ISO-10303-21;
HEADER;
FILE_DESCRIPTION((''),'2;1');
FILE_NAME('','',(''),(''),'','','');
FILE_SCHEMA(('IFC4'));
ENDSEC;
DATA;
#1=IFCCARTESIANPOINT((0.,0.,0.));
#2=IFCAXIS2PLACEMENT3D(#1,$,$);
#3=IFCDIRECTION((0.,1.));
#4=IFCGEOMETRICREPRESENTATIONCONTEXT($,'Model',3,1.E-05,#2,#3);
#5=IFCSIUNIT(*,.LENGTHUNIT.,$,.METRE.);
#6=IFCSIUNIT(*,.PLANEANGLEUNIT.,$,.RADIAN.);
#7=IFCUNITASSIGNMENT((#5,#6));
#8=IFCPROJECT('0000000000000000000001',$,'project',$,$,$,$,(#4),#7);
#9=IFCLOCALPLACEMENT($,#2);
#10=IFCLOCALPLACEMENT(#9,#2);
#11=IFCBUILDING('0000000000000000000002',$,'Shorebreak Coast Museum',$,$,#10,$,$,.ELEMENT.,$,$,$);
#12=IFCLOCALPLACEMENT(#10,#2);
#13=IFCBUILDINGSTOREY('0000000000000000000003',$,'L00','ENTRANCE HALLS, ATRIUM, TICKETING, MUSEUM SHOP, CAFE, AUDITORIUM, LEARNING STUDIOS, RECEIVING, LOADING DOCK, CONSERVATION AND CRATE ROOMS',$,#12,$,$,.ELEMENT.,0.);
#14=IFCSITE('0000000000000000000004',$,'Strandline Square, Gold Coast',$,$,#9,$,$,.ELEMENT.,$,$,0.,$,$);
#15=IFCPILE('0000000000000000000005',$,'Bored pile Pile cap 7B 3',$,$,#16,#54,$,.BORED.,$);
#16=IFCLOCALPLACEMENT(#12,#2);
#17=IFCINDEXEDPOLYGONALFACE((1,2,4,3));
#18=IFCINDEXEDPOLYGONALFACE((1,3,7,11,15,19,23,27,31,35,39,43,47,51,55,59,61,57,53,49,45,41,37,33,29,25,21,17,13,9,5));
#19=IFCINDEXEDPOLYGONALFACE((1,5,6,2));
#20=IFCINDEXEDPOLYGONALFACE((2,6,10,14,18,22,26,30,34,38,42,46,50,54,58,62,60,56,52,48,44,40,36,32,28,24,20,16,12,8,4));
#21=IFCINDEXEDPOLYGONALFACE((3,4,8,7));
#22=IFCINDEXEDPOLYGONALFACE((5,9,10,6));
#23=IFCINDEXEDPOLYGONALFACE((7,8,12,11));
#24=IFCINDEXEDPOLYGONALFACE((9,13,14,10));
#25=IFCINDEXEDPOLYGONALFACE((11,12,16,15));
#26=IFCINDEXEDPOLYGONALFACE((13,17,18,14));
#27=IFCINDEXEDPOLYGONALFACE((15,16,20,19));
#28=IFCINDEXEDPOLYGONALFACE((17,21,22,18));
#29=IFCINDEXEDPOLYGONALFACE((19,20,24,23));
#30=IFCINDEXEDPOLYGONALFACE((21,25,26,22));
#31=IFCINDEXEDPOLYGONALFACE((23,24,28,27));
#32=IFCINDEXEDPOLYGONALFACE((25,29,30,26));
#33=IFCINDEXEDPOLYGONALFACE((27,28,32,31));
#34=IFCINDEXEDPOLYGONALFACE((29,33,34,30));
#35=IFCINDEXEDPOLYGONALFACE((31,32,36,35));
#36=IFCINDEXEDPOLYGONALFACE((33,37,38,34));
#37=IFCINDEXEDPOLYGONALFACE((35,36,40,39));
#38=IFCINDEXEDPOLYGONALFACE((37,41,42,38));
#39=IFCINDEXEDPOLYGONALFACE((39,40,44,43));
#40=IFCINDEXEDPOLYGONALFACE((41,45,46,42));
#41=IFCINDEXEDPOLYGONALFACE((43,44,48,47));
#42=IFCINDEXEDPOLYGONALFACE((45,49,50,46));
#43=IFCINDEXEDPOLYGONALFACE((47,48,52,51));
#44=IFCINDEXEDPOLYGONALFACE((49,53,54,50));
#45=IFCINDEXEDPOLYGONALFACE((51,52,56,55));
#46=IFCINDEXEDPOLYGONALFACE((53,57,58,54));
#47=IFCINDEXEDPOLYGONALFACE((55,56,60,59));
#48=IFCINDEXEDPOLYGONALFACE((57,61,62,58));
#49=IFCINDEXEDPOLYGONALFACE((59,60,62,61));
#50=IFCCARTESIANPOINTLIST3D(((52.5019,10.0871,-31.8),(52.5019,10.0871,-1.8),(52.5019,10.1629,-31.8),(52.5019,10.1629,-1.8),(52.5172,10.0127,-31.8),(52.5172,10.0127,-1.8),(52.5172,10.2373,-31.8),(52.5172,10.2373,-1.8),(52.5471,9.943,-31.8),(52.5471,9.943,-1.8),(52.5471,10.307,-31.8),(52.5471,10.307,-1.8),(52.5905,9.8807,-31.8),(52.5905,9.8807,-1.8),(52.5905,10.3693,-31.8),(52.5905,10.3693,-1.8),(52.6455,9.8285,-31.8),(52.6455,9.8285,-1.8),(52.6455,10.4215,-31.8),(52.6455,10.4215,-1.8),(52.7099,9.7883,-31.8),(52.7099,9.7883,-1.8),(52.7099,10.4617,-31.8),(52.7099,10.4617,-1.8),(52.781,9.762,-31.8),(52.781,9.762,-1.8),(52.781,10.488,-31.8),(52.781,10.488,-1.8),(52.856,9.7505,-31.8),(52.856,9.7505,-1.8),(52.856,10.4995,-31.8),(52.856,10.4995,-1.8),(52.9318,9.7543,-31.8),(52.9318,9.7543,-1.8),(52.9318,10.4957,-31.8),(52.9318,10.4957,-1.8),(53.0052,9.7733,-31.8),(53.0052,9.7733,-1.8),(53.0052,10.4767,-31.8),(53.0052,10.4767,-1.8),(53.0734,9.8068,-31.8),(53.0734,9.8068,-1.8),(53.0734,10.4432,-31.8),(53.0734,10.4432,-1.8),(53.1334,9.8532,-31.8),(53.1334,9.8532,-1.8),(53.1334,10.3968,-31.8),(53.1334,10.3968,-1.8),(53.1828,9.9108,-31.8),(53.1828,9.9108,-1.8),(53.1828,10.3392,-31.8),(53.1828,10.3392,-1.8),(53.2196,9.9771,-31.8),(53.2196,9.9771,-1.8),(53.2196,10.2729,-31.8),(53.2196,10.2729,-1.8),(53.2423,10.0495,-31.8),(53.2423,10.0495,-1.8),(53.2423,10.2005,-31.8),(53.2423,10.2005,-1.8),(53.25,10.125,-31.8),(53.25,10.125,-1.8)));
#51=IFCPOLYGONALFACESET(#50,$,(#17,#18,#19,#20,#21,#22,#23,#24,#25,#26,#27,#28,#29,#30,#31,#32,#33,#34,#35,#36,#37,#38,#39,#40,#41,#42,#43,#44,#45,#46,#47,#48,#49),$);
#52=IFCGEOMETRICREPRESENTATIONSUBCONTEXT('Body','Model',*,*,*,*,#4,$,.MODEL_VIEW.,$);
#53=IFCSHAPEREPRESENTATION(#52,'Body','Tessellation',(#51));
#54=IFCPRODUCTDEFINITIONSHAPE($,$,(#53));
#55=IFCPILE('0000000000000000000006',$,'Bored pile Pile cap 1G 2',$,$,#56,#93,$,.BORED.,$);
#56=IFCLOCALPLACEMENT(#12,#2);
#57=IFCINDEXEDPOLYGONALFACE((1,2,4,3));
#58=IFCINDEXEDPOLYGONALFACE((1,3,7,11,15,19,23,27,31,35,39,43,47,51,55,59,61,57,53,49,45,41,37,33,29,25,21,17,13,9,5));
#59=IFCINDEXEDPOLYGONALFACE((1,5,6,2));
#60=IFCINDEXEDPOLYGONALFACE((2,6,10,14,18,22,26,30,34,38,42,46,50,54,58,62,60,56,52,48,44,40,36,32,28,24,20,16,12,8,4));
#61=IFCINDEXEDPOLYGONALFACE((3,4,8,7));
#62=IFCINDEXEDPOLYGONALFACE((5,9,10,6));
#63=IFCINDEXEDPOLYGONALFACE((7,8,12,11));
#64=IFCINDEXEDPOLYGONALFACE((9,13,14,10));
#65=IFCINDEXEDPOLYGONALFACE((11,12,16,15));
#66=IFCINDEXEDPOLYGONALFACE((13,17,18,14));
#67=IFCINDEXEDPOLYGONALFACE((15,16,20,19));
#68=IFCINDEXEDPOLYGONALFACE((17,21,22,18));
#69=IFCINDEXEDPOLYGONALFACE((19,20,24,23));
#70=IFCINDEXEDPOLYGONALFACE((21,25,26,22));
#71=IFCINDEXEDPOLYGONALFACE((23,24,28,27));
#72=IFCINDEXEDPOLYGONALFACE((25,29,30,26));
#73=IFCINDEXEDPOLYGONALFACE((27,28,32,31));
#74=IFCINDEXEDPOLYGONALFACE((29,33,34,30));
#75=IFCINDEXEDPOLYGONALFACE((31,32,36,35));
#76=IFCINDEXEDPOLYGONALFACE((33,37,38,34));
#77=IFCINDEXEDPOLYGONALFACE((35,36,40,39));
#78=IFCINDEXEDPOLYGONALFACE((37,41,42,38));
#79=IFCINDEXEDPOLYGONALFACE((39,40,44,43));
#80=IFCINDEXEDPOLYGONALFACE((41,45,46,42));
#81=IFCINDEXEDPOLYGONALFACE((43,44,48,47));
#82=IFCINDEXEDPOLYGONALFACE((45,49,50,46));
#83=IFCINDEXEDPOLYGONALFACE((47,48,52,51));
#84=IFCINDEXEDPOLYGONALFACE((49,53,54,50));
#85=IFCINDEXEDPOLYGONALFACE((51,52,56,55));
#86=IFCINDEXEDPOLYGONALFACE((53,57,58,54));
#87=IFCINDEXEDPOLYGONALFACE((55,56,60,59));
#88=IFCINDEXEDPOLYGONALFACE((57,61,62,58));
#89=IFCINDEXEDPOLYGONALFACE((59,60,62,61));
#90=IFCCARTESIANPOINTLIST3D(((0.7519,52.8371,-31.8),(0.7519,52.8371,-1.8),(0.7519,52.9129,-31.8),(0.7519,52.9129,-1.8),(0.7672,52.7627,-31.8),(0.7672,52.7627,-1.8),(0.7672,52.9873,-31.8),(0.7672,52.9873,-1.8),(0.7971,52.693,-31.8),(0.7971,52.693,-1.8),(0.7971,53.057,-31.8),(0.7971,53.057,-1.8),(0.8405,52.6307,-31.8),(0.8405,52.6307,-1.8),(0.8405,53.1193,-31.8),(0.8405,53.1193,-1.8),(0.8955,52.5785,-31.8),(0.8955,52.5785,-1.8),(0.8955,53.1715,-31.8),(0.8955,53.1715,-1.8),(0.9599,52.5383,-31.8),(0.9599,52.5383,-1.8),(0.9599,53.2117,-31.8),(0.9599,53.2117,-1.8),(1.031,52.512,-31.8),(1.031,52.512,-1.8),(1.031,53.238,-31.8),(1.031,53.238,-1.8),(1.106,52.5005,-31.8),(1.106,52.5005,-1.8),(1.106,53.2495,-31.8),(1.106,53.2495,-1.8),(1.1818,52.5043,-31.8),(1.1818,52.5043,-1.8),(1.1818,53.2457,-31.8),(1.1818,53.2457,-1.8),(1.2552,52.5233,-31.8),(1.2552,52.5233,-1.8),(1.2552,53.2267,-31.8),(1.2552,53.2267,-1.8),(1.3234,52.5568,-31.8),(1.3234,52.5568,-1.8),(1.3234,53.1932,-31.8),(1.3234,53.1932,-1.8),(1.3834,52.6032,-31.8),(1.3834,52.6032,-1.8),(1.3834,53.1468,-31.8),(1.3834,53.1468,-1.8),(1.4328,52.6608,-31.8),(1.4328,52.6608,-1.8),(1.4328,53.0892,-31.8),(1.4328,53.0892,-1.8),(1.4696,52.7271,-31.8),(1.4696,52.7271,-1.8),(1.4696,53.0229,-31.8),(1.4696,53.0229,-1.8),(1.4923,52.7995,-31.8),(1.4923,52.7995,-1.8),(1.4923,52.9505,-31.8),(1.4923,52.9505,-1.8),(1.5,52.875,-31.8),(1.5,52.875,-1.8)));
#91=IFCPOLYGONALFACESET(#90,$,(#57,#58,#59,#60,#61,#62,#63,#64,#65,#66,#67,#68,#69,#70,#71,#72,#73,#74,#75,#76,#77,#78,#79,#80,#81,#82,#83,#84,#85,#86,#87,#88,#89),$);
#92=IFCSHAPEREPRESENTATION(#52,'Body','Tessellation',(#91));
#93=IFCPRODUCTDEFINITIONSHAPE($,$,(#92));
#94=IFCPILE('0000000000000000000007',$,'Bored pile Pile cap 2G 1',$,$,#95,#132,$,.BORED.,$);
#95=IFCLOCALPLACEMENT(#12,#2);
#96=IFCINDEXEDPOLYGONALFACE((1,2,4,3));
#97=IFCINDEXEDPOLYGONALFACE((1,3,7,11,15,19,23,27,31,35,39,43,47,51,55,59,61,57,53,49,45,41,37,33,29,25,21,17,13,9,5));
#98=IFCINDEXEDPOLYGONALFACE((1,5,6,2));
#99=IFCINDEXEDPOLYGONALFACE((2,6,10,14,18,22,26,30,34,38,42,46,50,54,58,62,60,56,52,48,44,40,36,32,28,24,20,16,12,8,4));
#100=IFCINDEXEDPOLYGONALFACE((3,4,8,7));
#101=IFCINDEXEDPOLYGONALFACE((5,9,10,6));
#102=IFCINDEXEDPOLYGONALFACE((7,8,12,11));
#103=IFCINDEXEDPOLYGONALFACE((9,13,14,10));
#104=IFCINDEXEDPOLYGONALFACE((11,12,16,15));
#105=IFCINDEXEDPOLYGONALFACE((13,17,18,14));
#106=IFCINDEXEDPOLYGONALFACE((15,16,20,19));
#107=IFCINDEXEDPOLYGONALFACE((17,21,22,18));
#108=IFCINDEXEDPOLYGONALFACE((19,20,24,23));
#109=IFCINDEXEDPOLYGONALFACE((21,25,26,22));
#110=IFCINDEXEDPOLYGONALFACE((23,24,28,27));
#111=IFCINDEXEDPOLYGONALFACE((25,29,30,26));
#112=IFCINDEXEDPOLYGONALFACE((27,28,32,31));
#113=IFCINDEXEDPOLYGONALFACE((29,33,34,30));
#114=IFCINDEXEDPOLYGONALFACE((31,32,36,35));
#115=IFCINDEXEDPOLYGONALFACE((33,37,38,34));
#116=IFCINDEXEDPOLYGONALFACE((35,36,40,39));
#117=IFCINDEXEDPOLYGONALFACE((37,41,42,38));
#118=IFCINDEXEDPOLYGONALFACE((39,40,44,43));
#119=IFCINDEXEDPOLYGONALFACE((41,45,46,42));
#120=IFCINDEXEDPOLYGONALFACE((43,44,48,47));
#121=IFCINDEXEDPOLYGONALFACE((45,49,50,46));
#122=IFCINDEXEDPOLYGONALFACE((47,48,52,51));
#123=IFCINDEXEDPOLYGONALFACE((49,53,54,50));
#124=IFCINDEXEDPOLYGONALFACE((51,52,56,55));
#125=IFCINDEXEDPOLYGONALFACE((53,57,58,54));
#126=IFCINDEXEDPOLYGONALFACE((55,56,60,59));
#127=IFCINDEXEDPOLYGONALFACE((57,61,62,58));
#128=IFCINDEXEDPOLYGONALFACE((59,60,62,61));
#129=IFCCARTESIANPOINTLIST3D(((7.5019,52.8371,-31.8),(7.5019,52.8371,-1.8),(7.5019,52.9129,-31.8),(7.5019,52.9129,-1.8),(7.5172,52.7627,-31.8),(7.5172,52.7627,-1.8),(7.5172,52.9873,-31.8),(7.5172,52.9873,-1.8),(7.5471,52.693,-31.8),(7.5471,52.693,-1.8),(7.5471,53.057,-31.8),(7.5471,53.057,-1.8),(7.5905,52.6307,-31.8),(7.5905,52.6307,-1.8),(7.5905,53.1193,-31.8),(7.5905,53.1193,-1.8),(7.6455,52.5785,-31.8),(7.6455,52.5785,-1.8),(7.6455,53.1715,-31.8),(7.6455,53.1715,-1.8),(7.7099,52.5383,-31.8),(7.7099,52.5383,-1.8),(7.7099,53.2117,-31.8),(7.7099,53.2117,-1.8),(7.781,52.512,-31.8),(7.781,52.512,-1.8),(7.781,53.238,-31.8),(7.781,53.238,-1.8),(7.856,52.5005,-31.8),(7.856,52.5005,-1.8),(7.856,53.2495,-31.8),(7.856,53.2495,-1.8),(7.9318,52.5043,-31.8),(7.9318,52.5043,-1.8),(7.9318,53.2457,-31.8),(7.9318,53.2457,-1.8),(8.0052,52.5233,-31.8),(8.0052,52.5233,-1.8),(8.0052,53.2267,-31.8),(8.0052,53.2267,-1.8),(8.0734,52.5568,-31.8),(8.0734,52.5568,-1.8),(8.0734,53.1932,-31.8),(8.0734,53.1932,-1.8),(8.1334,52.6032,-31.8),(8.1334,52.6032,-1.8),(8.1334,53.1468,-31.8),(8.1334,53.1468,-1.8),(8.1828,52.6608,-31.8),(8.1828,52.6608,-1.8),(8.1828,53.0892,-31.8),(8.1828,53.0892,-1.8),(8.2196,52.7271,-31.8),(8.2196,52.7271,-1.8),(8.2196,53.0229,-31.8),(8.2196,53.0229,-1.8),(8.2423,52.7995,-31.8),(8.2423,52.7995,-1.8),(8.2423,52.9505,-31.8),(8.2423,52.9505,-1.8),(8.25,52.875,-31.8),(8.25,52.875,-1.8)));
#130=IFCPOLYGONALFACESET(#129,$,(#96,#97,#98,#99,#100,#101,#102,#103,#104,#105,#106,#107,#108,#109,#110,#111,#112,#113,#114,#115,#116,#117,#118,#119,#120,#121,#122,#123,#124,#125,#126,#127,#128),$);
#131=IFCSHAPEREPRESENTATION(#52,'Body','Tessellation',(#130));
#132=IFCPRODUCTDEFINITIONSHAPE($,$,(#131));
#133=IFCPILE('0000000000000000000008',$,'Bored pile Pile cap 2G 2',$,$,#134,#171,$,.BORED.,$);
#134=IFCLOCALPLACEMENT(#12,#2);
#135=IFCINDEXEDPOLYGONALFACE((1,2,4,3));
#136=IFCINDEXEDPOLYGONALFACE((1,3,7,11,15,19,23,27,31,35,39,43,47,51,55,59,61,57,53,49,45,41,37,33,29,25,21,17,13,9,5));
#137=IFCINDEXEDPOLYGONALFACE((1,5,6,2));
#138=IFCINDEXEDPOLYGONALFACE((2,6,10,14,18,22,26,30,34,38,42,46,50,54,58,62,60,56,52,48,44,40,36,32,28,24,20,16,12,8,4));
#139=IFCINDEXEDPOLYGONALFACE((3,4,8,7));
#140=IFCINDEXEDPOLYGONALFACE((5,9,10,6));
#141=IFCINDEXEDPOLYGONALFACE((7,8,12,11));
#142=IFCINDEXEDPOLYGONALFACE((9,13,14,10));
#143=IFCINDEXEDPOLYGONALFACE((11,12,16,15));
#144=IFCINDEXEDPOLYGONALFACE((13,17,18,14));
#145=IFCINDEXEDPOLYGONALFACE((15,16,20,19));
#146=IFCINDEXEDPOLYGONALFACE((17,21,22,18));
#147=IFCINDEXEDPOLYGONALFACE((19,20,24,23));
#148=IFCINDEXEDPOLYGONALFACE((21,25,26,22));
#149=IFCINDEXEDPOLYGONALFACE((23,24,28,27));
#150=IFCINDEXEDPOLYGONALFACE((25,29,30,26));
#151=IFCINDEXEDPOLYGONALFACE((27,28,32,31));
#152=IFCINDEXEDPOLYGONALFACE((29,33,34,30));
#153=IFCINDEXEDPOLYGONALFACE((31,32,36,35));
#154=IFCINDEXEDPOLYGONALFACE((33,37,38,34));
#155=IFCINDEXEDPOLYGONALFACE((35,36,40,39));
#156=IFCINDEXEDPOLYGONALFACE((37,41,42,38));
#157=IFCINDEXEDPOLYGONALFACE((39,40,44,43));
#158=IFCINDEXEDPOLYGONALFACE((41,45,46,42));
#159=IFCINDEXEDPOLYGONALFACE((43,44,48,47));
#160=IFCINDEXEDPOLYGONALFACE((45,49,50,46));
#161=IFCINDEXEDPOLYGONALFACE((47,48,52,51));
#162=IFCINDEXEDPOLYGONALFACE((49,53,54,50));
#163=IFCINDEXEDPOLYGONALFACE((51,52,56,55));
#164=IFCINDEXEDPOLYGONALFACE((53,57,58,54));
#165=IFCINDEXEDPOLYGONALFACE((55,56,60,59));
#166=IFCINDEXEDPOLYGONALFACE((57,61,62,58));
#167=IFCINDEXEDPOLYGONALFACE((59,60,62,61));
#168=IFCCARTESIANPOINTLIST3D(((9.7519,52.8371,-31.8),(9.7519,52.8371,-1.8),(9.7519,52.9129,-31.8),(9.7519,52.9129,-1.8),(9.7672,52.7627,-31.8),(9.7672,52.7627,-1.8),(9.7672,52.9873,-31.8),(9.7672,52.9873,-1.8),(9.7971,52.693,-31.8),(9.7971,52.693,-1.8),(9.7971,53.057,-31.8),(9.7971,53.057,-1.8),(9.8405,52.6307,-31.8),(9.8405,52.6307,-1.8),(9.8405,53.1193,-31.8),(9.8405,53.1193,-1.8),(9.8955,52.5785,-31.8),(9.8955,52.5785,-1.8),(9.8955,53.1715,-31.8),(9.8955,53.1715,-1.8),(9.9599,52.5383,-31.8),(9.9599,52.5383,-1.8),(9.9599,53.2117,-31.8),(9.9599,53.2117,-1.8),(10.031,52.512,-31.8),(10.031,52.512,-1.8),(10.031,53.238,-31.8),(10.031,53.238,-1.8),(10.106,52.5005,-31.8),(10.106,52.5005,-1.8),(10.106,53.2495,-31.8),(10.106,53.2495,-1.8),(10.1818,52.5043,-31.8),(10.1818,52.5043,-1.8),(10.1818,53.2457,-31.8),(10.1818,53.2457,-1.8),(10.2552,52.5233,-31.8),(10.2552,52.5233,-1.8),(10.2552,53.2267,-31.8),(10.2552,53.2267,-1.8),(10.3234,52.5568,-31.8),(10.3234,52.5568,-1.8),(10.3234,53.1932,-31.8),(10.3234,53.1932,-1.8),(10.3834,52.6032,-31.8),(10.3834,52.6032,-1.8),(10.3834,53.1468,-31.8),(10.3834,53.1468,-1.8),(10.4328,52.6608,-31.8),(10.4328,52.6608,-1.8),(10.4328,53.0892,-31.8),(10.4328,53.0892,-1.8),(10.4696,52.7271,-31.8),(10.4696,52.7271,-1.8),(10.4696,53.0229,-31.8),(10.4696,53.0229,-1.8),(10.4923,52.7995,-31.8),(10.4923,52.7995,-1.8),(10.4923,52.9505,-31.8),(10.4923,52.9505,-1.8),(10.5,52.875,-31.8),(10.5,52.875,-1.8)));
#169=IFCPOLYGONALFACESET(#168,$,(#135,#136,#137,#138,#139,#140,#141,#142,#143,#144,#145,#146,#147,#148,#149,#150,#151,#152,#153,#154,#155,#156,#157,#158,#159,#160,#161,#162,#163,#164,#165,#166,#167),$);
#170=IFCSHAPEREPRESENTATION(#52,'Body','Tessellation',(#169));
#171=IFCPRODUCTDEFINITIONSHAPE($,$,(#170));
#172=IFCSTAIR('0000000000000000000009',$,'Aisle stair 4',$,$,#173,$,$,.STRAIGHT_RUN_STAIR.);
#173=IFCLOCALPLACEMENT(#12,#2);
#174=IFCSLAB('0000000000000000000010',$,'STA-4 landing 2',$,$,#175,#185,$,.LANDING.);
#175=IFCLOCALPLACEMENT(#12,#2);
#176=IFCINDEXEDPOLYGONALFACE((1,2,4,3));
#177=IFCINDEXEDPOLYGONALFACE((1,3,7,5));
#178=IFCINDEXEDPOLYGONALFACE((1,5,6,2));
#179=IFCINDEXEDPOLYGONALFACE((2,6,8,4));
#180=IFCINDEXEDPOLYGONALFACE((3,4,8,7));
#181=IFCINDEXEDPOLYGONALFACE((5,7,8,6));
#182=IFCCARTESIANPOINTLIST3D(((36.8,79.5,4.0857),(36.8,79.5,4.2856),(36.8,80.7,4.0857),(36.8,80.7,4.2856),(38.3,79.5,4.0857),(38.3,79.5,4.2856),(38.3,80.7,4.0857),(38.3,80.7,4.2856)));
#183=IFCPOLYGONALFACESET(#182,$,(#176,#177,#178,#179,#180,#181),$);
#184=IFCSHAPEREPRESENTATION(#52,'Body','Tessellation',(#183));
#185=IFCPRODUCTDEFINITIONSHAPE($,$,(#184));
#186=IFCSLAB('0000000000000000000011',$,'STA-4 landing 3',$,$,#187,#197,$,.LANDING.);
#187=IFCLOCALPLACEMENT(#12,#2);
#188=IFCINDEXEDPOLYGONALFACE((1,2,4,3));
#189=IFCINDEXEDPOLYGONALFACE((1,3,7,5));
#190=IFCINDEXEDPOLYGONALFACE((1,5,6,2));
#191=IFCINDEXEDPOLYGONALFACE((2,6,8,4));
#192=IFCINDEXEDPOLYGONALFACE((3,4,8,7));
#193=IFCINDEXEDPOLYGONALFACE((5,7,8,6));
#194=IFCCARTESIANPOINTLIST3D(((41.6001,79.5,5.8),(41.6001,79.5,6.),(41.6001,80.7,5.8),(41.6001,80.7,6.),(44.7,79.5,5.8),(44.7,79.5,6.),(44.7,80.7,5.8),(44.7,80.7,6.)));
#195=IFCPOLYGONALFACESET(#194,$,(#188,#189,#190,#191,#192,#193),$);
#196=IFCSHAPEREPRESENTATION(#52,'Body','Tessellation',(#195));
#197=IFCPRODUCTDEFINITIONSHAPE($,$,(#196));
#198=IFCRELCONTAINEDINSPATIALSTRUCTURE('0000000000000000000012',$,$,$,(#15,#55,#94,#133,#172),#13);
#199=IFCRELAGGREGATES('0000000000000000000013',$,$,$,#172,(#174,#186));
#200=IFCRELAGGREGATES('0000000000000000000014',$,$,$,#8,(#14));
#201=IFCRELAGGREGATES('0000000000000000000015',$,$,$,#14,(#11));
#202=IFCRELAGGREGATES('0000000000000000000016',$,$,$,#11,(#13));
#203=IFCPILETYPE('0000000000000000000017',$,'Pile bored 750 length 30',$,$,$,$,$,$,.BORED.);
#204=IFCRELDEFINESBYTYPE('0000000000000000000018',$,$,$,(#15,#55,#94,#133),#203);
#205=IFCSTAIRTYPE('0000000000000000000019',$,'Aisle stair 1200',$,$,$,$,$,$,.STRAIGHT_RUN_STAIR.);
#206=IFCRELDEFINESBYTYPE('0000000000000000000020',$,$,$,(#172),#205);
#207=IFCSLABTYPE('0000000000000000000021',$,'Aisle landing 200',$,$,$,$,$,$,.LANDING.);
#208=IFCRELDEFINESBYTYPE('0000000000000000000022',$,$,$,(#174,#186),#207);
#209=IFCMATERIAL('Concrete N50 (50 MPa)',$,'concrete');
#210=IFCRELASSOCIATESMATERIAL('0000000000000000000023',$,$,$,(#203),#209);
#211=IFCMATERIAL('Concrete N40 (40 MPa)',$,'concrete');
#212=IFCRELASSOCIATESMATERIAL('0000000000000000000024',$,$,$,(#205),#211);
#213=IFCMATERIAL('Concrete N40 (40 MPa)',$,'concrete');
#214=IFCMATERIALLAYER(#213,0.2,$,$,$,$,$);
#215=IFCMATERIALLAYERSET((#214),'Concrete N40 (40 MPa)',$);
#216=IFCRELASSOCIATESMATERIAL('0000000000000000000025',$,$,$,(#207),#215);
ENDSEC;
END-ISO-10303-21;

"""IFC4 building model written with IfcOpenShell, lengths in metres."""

from ifc_helpers import new_model, si_unit, direction, frame, origin, origin_2d, place, context, subcontext, project, spatial, polyline, circle, outline, extrude, material, layer, layer_set, material_profile, profile_set, type_object, element, aggregate, save


model = new_model("IFC4")

# Units and contexts
model_context = context("Model", 3, precision=1e-05, world=origin(), true_north=direction((0.0, 1.0)))
body_context = subcontext(model_context, "Body", "Model", "MODEL_VIEW")
ifc_project = project(units=[si_unit("LENGTHUNIT", "METRE"), si_unit("PLANEANGLEUNIT", "RADIAN")], contexts=[model_context])

# Site, building, storey
site_placement = place(None, origin())
site = spatial("IfcSite", under=ifc_project, at=site_placement, Name="Strandline Square, Gold Coast", CompositionType="ELEMENT", RefElevation=0.0)
building_placement = place(site_placement, origin())
building = spatial("IfcBuilding", under=site, at=building_placement, Name="Shorebreak Coast Museum", CompositionType="ELEMENT")
storey_placement = place(building_placement, origin())
storey = spatial("IfcBuildingStorey", under=building, at=storey_placement, Name="L00", Description="ENTRANCE HALLS, ATRIUM, TICKETING, MUSEUM SHOP, CAFE, AUDITORIUM, LEARNING STUDIOS, RECEIVING, LOADING DOCK, CONSERVATION AND CRATE ROOMS", CompositionType="ELEMENT", Elevation=0.0)

# Piles
ifc_material_1 = material(Name="Concrete N50 (50 MPa)", Category="concrete")
ifc_material_profile_1 = material_profile(ifc_material_1, circle(Radius=0.375, at=origin_2d()), Name="Pile bored 750 length 30")
ifc_profile_set_1 = profile_set([ifc_material_profile_1], Name="Concrete N50 (50 MPa)")
pile_type_1 = type_object("IfcPileType", Name="Pile bored 750 length 30", PredefinedType="BORED", material=ifc_profile_set_1)
for number, where, z_axis, x_axis, name in (
    (1, (52.875, 10.125, -1.8), (0.0, 0.0, -1.0), (1.0, 0.0, 0.0), "Bored pile Pile cap 7B 3"),
    (2, (1.125, 52.875, -1.8), (0.0, 0.0, -1.0), (1.0, 0.0, 0.0), "Bored pile Pile cap 1G 2"),
    (3, (7.875, 52.875, -1.8), (0.0, 0.0, -1.0), (1.0, 0.0, 0.0), "Bored pile Pile cap 2G 1"),
    (4, (10.125, 52.875, -1.8), (0.0, 0.0, -1.0), (1.0, 0.0, 0.0), "Bored pile Pile cap 2G 2"),
):
    element("IfcPile", number, at=place(storey_placement, frame(where, z_axis=z_axis, x_axis=x_axis)), inside=storey, type_object=pile_type_1, Name=name, PredefinedType="BORED", context=body_context, shape_type="SweptSolid", body=[
        extrude(circle(Radius=0.375, at=origin_2d()), origin(), (0.0, 0.0, 1.0), 30.0),
    ])

# Stair, slabs
ifc_material_2 = material(Name="Concrete N40 (40 MPa)", Category="concrete")
stair_type = type_object("IfcStairType", Name="Aisle stair 1200", PredefinedType="STRAIGHT_RUN_STAIR", material=ifc_material_2)
stair_placement = place(storey_placement, origin())
stair = element("IfcStair", 5, at=stair_placement, inside=storey, type_object=stair_type, Name="Aisle stair 4", PredefinedType="STRAIGHT_RUN_STAIR")
ifc_material_3 = material(Name="Concrete N40 (40 MPa)", Category="concrete")
ifc_layer = layer(ifc_material_3, 0.2)
ifc_layer_set = layer_set([ifc_layer], Name="Concrete N40 (40 MPa)")
slab_type = type_object("IfcSlabType", Name="Aisle landing 200", PredefinedType="LANDING", material=ifc_layer_set)
slab_1_placement = place(storey_placement, frame((0.0, 0.0, 4.0857)))
slab_1 = element("IfcSlab", 6, at=slab_1_placement, type_object=slab_type, Name="STA-4 landing 2", PredefinedType="LANDING", context=body_context, shape_type="SweptSolid", body=[
    extrude(outline(polyline([(36.8, 79.5), (38.3, 79.5), (38.3, 80.7), (36.8, 80.7), (36.8, 79.5)])), origin(), (0.0, 0.0, 1.0), 0.2),
])
slab_2_placement = place(storey_placement, frame((0.0, 0.0, 5.8)))
slab_2 = element("IfcSlab", 7, at=slab_2_placement, type_object=slab_type, Name="STA-4 landing 3", PredefinedType="LANDING", context=body_context, shape_type="SweptSolid", body=[
    extrude(outline(polyline([(41.6001, 79.5), (44.7, 79.5), (44.7, 80.7), (41.6001, 80.7), (41.6001, 79.5)])), origin(), (0.0, 0.0, 1.0), 0.2),
])
aggregate(stair, [slab_1, slab_2])

save(model, "model.ifc")
